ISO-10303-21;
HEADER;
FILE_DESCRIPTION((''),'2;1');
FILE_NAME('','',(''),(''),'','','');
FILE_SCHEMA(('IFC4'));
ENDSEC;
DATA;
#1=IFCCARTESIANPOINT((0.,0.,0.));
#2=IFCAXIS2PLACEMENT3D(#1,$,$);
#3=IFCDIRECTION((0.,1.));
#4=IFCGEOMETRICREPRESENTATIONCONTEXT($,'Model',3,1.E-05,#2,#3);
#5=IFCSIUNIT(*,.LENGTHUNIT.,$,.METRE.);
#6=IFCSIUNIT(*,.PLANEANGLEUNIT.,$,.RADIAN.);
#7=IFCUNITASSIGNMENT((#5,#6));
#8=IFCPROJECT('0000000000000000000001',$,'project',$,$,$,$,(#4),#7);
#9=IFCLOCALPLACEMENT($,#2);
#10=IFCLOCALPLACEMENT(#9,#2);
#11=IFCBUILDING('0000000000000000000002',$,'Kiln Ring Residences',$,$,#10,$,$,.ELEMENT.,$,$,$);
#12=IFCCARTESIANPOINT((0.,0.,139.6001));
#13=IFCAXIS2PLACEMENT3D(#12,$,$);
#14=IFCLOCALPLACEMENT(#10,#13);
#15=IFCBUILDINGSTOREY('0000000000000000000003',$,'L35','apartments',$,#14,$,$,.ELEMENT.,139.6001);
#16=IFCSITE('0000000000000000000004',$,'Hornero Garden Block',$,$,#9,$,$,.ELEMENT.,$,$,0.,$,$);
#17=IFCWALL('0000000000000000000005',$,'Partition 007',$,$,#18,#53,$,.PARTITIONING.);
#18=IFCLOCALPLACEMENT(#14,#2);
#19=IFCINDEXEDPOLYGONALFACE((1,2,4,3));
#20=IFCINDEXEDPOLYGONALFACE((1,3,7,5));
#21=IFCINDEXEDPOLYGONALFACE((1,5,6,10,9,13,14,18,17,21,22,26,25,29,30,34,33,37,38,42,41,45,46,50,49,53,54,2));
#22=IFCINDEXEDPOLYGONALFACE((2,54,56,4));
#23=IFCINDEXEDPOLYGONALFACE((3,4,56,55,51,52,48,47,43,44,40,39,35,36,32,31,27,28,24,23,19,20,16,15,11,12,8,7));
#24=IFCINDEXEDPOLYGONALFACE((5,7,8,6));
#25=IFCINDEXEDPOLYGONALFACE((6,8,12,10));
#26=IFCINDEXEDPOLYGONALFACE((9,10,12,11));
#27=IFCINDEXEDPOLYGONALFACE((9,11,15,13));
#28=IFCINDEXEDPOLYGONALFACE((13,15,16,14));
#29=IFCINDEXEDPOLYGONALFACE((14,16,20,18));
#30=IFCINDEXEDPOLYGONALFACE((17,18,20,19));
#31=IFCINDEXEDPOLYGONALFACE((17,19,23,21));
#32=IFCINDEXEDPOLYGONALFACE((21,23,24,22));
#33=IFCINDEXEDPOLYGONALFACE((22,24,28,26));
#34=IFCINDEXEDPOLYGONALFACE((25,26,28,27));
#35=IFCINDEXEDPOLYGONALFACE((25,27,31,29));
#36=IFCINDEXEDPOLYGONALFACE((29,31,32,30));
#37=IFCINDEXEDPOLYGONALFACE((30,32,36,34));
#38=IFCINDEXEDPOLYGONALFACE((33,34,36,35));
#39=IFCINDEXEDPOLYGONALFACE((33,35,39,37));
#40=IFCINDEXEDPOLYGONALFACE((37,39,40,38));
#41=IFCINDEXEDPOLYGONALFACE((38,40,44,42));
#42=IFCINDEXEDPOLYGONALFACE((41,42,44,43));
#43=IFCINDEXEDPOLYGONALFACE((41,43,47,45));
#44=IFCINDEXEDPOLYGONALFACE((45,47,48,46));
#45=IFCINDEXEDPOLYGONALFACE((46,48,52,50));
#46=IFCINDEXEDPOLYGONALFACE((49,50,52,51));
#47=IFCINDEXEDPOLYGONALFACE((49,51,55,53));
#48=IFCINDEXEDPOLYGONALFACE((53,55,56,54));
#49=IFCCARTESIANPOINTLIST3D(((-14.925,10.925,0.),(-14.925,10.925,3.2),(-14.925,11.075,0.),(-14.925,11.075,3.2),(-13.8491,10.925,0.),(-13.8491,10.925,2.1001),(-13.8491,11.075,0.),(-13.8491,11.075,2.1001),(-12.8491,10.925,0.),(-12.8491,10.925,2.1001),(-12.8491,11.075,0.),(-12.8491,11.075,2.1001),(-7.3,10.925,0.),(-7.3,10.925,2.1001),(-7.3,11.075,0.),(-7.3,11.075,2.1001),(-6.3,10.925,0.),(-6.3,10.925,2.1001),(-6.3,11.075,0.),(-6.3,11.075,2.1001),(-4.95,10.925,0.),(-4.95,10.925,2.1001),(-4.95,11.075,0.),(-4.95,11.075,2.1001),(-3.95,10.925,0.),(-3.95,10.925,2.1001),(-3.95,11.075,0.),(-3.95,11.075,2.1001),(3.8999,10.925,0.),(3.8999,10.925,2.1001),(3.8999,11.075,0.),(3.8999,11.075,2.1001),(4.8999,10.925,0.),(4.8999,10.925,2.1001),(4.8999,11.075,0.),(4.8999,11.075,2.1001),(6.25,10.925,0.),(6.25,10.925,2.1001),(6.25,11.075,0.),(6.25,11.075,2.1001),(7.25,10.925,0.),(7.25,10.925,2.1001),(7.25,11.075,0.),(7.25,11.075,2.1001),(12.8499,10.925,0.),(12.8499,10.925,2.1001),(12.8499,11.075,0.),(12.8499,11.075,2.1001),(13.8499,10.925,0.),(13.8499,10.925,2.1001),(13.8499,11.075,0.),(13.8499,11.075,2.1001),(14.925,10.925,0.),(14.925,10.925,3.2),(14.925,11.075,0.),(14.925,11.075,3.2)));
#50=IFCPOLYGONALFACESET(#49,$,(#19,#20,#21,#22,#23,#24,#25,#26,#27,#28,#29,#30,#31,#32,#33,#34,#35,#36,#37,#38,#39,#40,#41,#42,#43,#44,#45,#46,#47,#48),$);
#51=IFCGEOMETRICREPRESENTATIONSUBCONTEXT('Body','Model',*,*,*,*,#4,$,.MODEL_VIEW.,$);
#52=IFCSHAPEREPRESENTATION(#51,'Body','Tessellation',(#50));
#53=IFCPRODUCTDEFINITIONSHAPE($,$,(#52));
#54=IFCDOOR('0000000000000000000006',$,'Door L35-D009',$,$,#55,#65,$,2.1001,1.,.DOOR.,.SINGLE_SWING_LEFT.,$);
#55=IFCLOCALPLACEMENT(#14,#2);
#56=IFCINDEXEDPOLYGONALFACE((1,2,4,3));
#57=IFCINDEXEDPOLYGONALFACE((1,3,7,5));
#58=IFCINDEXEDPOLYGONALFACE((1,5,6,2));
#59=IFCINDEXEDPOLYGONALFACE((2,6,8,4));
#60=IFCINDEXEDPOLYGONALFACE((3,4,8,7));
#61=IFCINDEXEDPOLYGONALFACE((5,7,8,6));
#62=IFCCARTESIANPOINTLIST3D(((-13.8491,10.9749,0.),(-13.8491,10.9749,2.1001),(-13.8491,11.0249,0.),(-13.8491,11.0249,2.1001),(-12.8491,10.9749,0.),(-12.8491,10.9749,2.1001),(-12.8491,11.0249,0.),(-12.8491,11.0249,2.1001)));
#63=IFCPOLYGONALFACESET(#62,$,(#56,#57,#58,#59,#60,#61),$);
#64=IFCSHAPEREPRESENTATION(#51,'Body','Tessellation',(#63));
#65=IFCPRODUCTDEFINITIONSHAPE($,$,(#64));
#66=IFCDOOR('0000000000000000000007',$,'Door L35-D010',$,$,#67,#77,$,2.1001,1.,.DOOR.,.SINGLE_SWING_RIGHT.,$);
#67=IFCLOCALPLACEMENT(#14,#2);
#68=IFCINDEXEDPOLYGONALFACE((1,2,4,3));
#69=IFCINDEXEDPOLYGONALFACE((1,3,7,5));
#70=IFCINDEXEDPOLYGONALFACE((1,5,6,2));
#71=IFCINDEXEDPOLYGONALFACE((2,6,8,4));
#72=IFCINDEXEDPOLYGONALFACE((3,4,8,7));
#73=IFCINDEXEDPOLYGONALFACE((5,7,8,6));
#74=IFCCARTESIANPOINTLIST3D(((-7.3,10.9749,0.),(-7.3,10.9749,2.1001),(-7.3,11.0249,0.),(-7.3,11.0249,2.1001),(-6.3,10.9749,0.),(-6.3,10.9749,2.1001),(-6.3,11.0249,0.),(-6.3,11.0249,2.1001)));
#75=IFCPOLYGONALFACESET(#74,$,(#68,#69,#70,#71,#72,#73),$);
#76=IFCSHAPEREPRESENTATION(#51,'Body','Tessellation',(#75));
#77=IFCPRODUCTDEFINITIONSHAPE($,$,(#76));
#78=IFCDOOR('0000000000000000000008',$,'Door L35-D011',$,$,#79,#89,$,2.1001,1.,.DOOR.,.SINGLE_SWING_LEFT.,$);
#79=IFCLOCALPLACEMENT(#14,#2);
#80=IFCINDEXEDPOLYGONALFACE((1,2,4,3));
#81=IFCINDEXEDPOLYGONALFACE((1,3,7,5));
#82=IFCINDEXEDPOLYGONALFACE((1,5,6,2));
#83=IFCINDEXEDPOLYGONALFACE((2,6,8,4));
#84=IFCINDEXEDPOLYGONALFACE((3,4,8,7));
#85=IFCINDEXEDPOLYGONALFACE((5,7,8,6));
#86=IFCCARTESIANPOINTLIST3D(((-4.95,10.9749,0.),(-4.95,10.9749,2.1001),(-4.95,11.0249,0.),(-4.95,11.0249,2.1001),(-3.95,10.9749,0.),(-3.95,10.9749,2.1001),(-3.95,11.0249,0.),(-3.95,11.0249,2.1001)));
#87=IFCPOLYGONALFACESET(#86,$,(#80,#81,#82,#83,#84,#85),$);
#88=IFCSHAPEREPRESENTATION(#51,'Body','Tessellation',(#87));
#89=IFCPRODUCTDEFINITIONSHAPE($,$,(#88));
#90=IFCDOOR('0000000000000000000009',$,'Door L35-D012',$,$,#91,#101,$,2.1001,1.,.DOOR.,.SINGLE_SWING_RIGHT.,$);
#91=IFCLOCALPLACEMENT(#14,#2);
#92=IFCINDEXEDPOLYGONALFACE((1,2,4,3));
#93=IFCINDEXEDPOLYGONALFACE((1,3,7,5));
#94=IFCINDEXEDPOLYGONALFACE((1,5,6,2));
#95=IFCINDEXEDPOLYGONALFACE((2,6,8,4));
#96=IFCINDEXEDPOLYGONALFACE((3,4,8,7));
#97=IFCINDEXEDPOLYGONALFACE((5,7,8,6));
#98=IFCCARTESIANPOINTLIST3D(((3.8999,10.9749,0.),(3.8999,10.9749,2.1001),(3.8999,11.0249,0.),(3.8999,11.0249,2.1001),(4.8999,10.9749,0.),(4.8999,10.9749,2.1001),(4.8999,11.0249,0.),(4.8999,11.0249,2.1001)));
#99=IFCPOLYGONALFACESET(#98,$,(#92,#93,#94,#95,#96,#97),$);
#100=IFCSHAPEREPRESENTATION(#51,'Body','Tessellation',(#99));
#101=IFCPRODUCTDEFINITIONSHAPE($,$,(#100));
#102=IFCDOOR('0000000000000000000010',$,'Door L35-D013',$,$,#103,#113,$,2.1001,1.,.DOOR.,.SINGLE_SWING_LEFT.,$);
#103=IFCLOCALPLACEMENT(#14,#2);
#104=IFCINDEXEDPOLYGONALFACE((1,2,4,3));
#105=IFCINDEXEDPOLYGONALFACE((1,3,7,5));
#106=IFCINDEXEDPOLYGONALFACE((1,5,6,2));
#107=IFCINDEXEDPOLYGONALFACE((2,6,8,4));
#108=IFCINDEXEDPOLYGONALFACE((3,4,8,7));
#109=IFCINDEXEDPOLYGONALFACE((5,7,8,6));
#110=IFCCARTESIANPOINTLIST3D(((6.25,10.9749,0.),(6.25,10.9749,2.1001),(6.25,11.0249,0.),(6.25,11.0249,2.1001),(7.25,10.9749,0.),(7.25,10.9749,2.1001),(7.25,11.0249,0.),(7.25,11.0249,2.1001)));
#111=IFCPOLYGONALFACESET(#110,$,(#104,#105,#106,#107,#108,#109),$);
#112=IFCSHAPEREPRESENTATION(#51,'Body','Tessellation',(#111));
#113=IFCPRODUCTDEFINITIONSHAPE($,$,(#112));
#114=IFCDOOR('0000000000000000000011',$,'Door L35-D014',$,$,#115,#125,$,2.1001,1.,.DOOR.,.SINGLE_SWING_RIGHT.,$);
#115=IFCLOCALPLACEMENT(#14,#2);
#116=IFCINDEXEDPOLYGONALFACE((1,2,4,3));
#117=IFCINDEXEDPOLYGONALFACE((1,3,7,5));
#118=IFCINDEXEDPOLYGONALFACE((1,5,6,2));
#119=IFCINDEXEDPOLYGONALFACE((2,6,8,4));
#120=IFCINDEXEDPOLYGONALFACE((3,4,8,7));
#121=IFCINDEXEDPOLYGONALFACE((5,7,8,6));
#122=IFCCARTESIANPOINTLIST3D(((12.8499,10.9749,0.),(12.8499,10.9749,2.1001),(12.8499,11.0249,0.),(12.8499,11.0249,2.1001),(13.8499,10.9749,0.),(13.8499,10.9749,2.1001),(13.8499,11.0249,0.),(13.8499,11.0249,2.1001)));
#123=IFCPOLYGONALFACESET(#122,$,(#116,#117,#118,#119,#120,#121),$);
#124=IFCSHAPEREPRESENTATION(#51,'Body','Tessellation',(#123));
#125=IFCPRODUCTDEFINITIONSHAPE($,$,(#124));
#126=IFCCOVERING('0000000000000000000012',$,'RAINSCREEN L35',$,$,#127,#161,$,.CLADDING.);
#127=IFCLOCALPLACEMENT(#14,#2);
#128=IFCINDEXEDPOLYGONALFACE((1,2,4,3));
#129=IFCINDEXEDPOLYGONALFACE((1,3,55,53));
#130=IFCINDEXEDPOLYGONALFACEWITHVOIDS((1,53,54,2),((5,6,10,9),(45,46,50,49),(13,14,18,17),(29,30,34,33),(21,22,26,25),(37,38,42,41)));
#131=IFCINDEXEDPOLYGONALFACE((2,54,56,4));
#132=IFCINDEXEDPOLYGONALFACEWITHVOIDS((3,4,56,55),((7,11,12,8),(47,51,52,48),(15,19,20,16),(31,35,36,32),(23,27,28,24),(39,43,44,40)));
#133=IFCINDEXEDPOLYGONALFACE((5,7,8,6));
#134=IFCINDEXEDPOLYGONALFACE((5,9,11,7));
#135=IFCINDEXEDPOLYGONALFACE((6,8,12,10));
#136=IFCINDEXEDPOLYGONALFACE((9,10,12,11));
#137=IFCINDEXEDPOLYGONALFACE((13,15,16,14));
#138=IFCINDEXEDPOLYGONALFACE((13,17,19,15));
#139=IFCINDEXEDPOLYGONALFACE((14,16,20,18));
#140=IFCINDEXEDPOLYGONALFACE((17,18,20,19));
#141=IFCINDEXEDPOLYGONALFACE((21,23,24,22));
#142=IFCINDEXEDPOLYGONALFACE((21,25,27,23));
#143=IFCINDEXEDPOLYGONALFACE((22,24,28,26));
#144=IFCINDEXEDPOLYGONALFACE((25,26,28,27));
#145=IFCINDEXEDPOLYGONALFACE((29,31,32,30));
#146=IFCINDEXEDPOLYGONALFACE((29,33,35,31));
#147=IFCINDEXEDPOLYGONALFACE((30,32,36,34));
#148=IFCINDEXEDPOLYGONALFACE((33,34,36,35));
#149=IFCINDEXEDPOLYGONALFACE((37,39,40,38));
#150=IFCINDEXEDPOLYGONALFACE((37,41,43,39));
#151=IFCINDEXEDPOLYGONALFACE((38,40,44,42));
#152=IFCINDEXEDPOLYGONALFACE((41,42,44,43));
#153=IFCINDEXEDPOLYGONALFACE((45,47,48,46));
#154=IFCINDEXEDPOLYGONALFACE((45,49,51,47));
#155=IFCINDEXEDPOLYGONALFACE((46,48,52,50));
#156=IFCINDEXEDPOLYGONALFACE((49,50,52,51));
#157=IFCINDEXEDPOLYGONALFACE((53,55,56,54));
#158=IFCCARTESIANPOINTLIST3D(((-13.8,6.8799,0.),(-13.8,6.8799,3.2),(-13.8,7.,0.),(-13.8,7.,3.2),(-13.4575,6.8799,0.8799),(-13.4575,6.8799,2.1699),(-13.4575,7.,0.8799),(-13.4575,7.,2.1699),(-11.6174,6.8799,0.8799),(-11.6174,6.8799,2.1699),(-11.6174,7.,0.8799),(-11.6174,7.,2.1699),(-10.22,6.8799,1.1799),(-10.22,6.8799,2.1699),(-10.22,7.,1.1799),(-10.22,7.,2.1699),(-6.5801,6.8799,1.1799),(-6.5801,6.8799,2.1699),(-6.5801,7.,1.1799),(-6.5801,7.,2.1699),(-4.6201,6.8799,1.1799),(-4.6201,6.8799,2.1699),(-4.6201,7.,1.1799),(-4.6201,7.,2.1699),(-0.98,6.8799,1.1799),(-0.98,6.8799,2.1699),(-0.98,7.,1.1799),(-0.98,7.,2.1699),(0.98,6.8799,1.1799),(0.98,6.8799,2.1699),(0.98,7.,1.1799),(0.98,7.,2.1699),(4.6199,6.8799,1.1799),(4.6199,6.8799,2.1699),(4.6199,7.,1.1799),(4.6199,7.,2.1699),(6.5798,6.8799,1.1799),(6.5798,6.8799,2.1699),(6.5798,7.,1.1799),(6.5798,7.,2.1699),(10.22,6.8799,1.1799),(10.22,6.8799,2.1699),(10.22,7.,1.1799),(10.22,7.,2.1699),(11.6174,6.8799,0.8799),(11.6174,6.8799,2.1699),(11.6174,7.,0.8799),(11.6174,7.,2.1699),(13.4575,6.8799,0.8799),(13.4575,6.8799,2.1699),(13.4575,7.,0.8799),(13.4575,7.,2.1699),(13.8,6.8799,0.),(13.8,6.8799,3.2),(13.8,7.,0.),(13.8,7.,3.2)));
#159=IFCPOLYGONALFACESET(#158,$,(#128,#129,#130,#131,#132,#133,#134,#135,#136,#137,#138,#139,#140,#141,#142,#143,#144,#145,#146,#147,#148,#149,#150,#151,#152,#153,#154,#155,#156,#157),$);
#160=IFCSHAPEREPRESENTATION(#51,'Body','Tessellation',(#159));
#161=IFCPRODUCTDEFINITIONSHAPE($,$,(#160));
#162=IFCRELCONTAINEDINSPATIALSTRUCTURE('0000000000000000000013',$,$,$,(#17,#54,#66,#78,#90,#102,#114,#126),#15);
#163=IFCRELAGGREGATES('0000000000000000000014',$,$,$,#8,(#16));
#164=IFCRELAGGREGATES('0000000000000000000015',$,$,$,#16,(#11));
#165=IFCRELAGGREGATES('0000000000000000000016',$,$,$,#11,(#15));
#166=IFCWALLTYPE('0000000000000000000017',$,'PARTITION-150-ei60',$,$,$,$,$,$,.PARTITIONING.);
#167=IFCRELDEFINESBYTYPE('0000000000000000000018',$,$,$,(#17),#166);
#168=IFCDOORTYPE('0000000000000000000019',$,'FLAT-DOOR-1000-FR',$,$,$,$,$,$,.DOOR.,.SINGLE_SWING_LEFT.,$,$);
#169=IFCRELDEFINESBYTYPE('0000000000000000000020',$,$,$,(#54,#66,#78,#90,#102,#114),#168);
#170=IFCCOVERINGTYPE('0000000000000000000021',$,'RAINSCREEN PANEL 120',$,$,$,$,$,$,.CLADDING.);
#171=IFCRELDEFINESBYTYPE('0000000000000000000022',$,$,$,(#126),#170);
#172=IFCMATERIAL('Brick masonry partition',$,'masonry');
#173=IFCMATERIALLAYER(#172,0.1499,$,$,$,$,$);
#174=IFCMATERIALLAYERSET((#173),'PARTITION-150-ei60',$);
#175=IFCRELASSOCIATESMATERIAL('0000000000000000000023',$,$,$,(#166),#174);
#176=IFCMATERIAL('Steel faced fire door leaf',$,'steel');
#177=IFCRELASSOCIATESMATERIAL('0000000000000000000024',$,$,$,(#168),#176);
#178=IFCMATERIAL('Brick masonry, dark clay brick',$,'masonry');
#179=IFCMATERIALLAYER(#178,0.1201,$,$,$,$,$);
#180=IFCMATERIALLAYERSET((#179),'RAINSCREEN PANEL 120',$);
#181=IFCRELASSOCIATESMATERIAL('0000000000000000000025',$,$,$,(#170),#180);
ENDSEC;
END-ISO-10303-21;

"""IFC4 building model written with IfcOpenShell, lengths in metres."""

from ifc_helpers import new_model, si_unit, direction, frame, frame_2d, origin, place, context, subcontext, project, spatial, polyline, rectangle, outline, extrude, material, layer, layer_set, type_object, element, fill, save


model = new_model("IFC4")

# Units and contexts
model_context = context("Model", 3, precision=1e-05, world=origin(), true_north=direction((0.0, 1.0)))
body_context = subcontext(model_context, "Body", "Model", "MODEL_VIEW")
ifc_project = project(units=[si_unit("LENGTHUNIT", "METRE"), si_unit("PLANEANGLEUNIT", "RADIAN")], contexts=[model_context])

# Site, building, storey
site_placement = place(None, origin())
site = spatial("IfcSite", under=ifc_project, at=site_placement, Name="Hornero Garden Block", CompositionType="ELEMENT", RefElevation=0.0)
building_placement = place(site_placement, origin())
building = spatial("IfcBuilding", under=site, at=building_placement, Name="Kiln Ring Residences", CompositionType="ELEMENT")
storey_placement = place(building_placement, frame((0.0, 0.0, 139.6001)))
storey = spatial("IfcBuildingStorey", under=building, at=storey_placement, Name="L35", Description="apartments", CompositionType="ELEMENT", Elevation=139.6001)

# Wall, openings, doors
ifc_material_1 = material(Name="Brick masonry partition", Category="masonry")
ifc_layer_1 = layer(ifc_material_1, 0.1499)
ifc_layer_set_1 = layer_set([ifc_layer_1], Name="PARTITION-150-ei60")
wall_type_1 = type_object("IfcWallType", Name="PARTITION-150-ei60", PredefinedType="PARTITIONING", material=ifc_layer_set_1)
wall_1_placement = place(storey_placement, frame((-14.925, 11.0, 0.0), z_axis=(0.0, 0.0, 1.0), x_axis=(1.0, 0.0, 0.0)))
wall_1 = element("IfcWall", 1, at=wall_1_placement, inside=storey, type_object=wall_type_1, Name="Partition 007", PredefinedType="PARTITIONING", context=body_context, shape_type="SweptSolid", body=[
    extrude(rectangle(XDim=29.8501, YDim=0.1499, at=frame_2d((14.925, 0.0))), origin(), (0.0, 0.0, 1.0), 3.2),
])
opening_1_placement = place(wall_1_placement, frame((1.0759, 0.0, 0.0)))
opening_1 = element("IfcOpeningElement", 2, at=opening_1_placement, cuts=wall_1, PredefinedType="OPENING", context=body_context, shape_type="SweptSolid", body=[
    extrude(rectangle(XDim=1.0, YDim=2.1001, at=frame_2d((0.5, 1.05))), frame((0.0, 0.085, 0.0), z_axis=(0.0, -1.0, 0.0), x_axis=(1.0, 0.0, 0.0)), (0.0, 0.0, 1.0), 0.1699),
])
opening_2_placement = place(wall_1_placement, frame((7.625, 0.0, 0.0)))
opening_2 = element("IfcOpeningElement", 3, at=opening_2_placement, cuts=wall_1, PredefinedType="OPENING", context=body_context, shape_type="SweptSolid", body=[
    extrude(rectangle(XDim=1.0, YDim=2.1001, at=frame_2d((0.5, 1.05))), frame((0.0, 0.085, 0.0), z_axis=(0.0, -1.0, 0.0), x_axis=(1.0, 0.0, 0.0)), (0.0, 0.0, 1.0), 0.1699),
])
opening_3_placement = place(wall_1_placement, frame((9.9751, 0.0, 0.0)))
opening_3 = element("IfcOpeningElement", 4, at=opening_3_placement, cuts=wall_1, PredefinedType="OPENING", context=body_context, shape_type="SweptSolid", body=[
    extrude(rectangle(XDim=1.0, YDim=2.1001, at=frame_2d((0.5, 1.05))), frame((0.0, 0.085, 0.0), z_axis=(0.0, -1.0, 0.0), x_axis=(1.0, 0.0, 0.0)), (0.0, 0.0, 1.0), 0.1699),
])
opening_4_placement = place(wall_1_placement, frame((18.825, 0.0, 0.0)))
opening_4 = element("IfcOpeningElement", 5, at=opening_4_placement, cuts=wall_1, PredefinedType="OPENING", context=body_context, shape_type="SweptSolid", body=[
    extrude(rectangle(XDim=1.0, YDim=2.1001, at=frame_2d((0.5, 1.05))), frame((0.0, 0.085, 0.0), z_axis=(0.0, -1.0, 0.0), x_axis=(1.0, 0.0, 0.0)), (0.0, 0.0, 1.0), 0.1699),
])
opening_5_placement = place(wall_1_placement, frame((21.175, 0.0, 0.0)))
opening_5 = element("IfcOpeningElement", 6, at=opening_5_placement, cuts=wall_1, PredefinedType="OPENING", context=body_context, shape_type="SweptSolid", body=[
    extrude(rectangle(XDim=1.0, YDim=2.1001, at=frame_2d((0.5, 1.05))), frame((0.0, 0.085, 0.0), z_axis=(0.0, -1.0, 0.0), x_axis=(1.0, 0.0, 0.0)), (0.0, 0.0, 1.0), 0.1699),
])
opening_6_placement = place(wall_1_placement, frame((27.7749, 0.0, 0.0)))
opening_6 = element("IfcOpeningElement", 7, at=opening_6_placement, cuts=wall_1, PredefinedType="OPENING", context=body_context, shape_type="SweptSolid", body=[
    extrude(rectangle(XDim=1.0, YDim=2.1001, at=frame_2d((0.5, 1.05))), frame((0.0, 0.085, 0.0), z_axis=(0.0, -1.0, 0.0), x_axis=(1.0, 0.0, 0.0)), (0.0, 0.0, 1.0), 0.1699),
])
ifc_material_2 = material(Name="Steel faced fire door leaf", Category="steel")
door_type = type_object("IfcDoorType", Name="FLAT-DOOR-1000-FR", OperationType="SINGLE_SWING_LEFT", PredefinedType="DOOR", material=ifc_material_2)
door_1_placement = place(opening_1_placement, origin())
door_1 = element("IfcDoor", 8, at=door_1_placement, inside=storey, type_object=door_type, Name="Door L35-D009", OperationType="SINGLE_SWING_LEFT", OverallHeight=2.1001, OverallWidth=1.0, PredefinedType="DOOR", context=body_context, shape_type="SweptSolid", body=[
    extrude(rectangle(XDim=1.0, YDim=2.1001, at=frame_2d((0.5, 1.05))), frame((0.0, 0.0249, 0.0), z_axis=(0.0, -1.0, 0.0), x_axis=(1.0, 0.0, 0.0)), (0.0, 0.0, 1.0), 0.05),
])
fill(opening_1, door_1)
door_2_placement = place(opening_2_placement, origin())
door_2 = element("IfcDoor", 9, at=door_2_placement, inside=storey, type_object=door_type, Name="Door L35-D010", OperationType="SINGLE_SWING_RIGHT", OverallHeight=2.1001, OverallWidth=1.0, PredefinedType="DOOR", context=body_context, shape_type="SweptSolid", body=[
    extrude(rectangle(XDim=1.0, YDim=2.1001, at=frame_2d((0.5, 1.05))), frame((0.0, 0.0249, 0.0), z_axis=(0.0, -1.0, 0.0), x_axis=(1.0, 0.0, 0.0)), (0.0, 0.0, 1.0), 0.05),
])
fill(opening_2, door_2)
door_3_placement = place(opening_3_placement, origin())
door_3 = element("IfcDoor", 10, at=door_3_placement, inside=storey, type_object=door_type, Name="Door L35-D011", OperationType="SINGLE_SWING_LEFT", OverallHeight=2.1001, OverallWidth=1.0, PredefinedType="DOOR", context=body_context, shape_type="SweptSolid", body=[
    extrude(rectangle(XDim=1.0, YDim=2.1001, at=frame_2d((0.5, 1.05))), frame((0.0, 0.0249, 0.0), z_axis=(0.0, -1.0, 0.0), x_axis=(1.0, 0.0, 0.0)), (0.0, 0.0, 1.0), 0.05),
])
fill(opening_3, door_3)
door_4_placement = place(opening_4_placement, origin())
door_4 = element("IfcDoor", 11, at=door_4_placement, inside=storey, type_object=door_type, Name="Door L35-D012", OperationType="SINGLE_SWING_RIGHT", OverallHeight=2.1001, OverallWidth=1.0, PredefinedType="DOOR", context=body_context, shape_type="SweptSolid", body=[
    extrude(rectangle(XDim=1.0, YDim=2.1001, at=frame_2d((0.5, 1.05))), frame((0.0, 0.0249, 0.0), z_axis=(0.0, -1.0, 0.0), x_axis=(1.0, 0.0, 0.0)), (0.0, 0.0, 1.0), 0.05),
])
fill(opening_4, door_4)
door_5_placement = place(opening_5_placement, origin())
door_5 = element("IfcDoor", 12, at=door_5_placement, inside=storey, type_object=door_type, Name="Door L35-D013", OperationType="SINGLE_SWING_LEFT", OverallHeight=2.1001, OverallWidth=1.0, PredefinedType="DOOR", context=body_context, shape_type="SweptSolid", body=[
    extrude(rectangle(XDim=1.0, YDim=2.1001, at=frame_2d((0.5, 1.05))), frame((0.0, 0.0249, 0.0), z_axis=(0.0, -1.0, 0.0), x_axis=(1.0, 0.0, 0.0)), (0.0, 0.0, 1.0), 0.05),
])
fill(opening_5, door_5)
door_6_placement = place(opening_6_placement, origin())
door_6 = element("IfcDoor", 13, at=door_6_placement, inside=storey, type_object=door_type, Name="Door L35-D014", OperationType="SINGLE_SWING_RIGHT", OverallHeight=2.1001, OverallWidth=1.0, PredefinedType="DOOR", context=body_context, shape_type="SweptSolid", body=[
    extrude(rectangle(XDim=1.0, YDim=2.1001, at=frame_2d((0.5, 1.05))), frame((0.0, 0.0249, 0.0), z_axis=(0.0, -1.0, 0.0), x_axis=(1.0, 0.0, 0.0)), (0.0, 0.0, 1.0), 0.05),
])
fill(opening_6, door_6)

# Covering
ifc_material_3 = material(Name="Brick masonry, dark clay brick", Category="masonry")
ifc_layer_2 = layer(ifc_material_3, 0.1201)
ifc_layer_set_2 = layer_set([ifc_layer_2], Name="RAINSCREEN PANEL 120")
covering_type = type_object("IfcCoveringType", Name="RAINSCREEN PANEL 120", PredefinedType="CLADDING", material=ifc_layer_set_2)
covering_placement = place(storey_placement, frame((-13.8, 6.9399, 0.0), z_axis=(0.0, 0.0, 1.0), x_axis=(1.0, 0.0, 0.0)))
element("IfcCovering", 14, at=covering_placement, inside=storey, type_object=covering_type, Name="RAINSCREEN L35", PredefinedType="CLADDING", context=body_context, shape_type="SweptSolid", body=[
    extrude(outline(polyline([(0.0, 0.0), (27.6001, 0.0), (27.6001, 3.2), (0.0, 3.2), (0.0, 0.0)]), holes=[polyline([(2.1826, 0.8799), (2.1826, 2.1699), (0.3425, 2.1699), (0.3425, 0.8799), (2.1826, 0.8799)]), polyline([(25.4175, 0.8799), (27.2576, 0.8799), (27.2576, 2.1699), (25.4175, 2.1699), (25.4175, 0.8799)]), polyline([(3.5801, 1.1799), (7.22, 1.1799), (7.22, 2.1699), (3.5801, 2.1699), (3.5801, 1.1799)]), polyline([(12.8201, 1.1799), (12.8201, 2.1699), (9.1799, 2.1699), (9.1799, 1.1799), (12.8201, 1.1799)]), polyline([(14.78, 1.1799), (18.4199, 1.1799), (18.4199, 2.1699), (14.78, 2.1699), (14.78, 1.1799)]), polyline([(20.3799, 1.1799), (24.02, 1.1799), (24.02, 2.1699), (20.3799, 2.1699), (20.3799, 1.1799)])]), frame((0.0, 0.0601, 0.0), z_axis=(0.0, -1.0, 0.0), x_axis=(1.0, 0.0, 0.0)), (0.0, 0.0, 1.0), 0.1201),
])

save(model, "model.ifc")
